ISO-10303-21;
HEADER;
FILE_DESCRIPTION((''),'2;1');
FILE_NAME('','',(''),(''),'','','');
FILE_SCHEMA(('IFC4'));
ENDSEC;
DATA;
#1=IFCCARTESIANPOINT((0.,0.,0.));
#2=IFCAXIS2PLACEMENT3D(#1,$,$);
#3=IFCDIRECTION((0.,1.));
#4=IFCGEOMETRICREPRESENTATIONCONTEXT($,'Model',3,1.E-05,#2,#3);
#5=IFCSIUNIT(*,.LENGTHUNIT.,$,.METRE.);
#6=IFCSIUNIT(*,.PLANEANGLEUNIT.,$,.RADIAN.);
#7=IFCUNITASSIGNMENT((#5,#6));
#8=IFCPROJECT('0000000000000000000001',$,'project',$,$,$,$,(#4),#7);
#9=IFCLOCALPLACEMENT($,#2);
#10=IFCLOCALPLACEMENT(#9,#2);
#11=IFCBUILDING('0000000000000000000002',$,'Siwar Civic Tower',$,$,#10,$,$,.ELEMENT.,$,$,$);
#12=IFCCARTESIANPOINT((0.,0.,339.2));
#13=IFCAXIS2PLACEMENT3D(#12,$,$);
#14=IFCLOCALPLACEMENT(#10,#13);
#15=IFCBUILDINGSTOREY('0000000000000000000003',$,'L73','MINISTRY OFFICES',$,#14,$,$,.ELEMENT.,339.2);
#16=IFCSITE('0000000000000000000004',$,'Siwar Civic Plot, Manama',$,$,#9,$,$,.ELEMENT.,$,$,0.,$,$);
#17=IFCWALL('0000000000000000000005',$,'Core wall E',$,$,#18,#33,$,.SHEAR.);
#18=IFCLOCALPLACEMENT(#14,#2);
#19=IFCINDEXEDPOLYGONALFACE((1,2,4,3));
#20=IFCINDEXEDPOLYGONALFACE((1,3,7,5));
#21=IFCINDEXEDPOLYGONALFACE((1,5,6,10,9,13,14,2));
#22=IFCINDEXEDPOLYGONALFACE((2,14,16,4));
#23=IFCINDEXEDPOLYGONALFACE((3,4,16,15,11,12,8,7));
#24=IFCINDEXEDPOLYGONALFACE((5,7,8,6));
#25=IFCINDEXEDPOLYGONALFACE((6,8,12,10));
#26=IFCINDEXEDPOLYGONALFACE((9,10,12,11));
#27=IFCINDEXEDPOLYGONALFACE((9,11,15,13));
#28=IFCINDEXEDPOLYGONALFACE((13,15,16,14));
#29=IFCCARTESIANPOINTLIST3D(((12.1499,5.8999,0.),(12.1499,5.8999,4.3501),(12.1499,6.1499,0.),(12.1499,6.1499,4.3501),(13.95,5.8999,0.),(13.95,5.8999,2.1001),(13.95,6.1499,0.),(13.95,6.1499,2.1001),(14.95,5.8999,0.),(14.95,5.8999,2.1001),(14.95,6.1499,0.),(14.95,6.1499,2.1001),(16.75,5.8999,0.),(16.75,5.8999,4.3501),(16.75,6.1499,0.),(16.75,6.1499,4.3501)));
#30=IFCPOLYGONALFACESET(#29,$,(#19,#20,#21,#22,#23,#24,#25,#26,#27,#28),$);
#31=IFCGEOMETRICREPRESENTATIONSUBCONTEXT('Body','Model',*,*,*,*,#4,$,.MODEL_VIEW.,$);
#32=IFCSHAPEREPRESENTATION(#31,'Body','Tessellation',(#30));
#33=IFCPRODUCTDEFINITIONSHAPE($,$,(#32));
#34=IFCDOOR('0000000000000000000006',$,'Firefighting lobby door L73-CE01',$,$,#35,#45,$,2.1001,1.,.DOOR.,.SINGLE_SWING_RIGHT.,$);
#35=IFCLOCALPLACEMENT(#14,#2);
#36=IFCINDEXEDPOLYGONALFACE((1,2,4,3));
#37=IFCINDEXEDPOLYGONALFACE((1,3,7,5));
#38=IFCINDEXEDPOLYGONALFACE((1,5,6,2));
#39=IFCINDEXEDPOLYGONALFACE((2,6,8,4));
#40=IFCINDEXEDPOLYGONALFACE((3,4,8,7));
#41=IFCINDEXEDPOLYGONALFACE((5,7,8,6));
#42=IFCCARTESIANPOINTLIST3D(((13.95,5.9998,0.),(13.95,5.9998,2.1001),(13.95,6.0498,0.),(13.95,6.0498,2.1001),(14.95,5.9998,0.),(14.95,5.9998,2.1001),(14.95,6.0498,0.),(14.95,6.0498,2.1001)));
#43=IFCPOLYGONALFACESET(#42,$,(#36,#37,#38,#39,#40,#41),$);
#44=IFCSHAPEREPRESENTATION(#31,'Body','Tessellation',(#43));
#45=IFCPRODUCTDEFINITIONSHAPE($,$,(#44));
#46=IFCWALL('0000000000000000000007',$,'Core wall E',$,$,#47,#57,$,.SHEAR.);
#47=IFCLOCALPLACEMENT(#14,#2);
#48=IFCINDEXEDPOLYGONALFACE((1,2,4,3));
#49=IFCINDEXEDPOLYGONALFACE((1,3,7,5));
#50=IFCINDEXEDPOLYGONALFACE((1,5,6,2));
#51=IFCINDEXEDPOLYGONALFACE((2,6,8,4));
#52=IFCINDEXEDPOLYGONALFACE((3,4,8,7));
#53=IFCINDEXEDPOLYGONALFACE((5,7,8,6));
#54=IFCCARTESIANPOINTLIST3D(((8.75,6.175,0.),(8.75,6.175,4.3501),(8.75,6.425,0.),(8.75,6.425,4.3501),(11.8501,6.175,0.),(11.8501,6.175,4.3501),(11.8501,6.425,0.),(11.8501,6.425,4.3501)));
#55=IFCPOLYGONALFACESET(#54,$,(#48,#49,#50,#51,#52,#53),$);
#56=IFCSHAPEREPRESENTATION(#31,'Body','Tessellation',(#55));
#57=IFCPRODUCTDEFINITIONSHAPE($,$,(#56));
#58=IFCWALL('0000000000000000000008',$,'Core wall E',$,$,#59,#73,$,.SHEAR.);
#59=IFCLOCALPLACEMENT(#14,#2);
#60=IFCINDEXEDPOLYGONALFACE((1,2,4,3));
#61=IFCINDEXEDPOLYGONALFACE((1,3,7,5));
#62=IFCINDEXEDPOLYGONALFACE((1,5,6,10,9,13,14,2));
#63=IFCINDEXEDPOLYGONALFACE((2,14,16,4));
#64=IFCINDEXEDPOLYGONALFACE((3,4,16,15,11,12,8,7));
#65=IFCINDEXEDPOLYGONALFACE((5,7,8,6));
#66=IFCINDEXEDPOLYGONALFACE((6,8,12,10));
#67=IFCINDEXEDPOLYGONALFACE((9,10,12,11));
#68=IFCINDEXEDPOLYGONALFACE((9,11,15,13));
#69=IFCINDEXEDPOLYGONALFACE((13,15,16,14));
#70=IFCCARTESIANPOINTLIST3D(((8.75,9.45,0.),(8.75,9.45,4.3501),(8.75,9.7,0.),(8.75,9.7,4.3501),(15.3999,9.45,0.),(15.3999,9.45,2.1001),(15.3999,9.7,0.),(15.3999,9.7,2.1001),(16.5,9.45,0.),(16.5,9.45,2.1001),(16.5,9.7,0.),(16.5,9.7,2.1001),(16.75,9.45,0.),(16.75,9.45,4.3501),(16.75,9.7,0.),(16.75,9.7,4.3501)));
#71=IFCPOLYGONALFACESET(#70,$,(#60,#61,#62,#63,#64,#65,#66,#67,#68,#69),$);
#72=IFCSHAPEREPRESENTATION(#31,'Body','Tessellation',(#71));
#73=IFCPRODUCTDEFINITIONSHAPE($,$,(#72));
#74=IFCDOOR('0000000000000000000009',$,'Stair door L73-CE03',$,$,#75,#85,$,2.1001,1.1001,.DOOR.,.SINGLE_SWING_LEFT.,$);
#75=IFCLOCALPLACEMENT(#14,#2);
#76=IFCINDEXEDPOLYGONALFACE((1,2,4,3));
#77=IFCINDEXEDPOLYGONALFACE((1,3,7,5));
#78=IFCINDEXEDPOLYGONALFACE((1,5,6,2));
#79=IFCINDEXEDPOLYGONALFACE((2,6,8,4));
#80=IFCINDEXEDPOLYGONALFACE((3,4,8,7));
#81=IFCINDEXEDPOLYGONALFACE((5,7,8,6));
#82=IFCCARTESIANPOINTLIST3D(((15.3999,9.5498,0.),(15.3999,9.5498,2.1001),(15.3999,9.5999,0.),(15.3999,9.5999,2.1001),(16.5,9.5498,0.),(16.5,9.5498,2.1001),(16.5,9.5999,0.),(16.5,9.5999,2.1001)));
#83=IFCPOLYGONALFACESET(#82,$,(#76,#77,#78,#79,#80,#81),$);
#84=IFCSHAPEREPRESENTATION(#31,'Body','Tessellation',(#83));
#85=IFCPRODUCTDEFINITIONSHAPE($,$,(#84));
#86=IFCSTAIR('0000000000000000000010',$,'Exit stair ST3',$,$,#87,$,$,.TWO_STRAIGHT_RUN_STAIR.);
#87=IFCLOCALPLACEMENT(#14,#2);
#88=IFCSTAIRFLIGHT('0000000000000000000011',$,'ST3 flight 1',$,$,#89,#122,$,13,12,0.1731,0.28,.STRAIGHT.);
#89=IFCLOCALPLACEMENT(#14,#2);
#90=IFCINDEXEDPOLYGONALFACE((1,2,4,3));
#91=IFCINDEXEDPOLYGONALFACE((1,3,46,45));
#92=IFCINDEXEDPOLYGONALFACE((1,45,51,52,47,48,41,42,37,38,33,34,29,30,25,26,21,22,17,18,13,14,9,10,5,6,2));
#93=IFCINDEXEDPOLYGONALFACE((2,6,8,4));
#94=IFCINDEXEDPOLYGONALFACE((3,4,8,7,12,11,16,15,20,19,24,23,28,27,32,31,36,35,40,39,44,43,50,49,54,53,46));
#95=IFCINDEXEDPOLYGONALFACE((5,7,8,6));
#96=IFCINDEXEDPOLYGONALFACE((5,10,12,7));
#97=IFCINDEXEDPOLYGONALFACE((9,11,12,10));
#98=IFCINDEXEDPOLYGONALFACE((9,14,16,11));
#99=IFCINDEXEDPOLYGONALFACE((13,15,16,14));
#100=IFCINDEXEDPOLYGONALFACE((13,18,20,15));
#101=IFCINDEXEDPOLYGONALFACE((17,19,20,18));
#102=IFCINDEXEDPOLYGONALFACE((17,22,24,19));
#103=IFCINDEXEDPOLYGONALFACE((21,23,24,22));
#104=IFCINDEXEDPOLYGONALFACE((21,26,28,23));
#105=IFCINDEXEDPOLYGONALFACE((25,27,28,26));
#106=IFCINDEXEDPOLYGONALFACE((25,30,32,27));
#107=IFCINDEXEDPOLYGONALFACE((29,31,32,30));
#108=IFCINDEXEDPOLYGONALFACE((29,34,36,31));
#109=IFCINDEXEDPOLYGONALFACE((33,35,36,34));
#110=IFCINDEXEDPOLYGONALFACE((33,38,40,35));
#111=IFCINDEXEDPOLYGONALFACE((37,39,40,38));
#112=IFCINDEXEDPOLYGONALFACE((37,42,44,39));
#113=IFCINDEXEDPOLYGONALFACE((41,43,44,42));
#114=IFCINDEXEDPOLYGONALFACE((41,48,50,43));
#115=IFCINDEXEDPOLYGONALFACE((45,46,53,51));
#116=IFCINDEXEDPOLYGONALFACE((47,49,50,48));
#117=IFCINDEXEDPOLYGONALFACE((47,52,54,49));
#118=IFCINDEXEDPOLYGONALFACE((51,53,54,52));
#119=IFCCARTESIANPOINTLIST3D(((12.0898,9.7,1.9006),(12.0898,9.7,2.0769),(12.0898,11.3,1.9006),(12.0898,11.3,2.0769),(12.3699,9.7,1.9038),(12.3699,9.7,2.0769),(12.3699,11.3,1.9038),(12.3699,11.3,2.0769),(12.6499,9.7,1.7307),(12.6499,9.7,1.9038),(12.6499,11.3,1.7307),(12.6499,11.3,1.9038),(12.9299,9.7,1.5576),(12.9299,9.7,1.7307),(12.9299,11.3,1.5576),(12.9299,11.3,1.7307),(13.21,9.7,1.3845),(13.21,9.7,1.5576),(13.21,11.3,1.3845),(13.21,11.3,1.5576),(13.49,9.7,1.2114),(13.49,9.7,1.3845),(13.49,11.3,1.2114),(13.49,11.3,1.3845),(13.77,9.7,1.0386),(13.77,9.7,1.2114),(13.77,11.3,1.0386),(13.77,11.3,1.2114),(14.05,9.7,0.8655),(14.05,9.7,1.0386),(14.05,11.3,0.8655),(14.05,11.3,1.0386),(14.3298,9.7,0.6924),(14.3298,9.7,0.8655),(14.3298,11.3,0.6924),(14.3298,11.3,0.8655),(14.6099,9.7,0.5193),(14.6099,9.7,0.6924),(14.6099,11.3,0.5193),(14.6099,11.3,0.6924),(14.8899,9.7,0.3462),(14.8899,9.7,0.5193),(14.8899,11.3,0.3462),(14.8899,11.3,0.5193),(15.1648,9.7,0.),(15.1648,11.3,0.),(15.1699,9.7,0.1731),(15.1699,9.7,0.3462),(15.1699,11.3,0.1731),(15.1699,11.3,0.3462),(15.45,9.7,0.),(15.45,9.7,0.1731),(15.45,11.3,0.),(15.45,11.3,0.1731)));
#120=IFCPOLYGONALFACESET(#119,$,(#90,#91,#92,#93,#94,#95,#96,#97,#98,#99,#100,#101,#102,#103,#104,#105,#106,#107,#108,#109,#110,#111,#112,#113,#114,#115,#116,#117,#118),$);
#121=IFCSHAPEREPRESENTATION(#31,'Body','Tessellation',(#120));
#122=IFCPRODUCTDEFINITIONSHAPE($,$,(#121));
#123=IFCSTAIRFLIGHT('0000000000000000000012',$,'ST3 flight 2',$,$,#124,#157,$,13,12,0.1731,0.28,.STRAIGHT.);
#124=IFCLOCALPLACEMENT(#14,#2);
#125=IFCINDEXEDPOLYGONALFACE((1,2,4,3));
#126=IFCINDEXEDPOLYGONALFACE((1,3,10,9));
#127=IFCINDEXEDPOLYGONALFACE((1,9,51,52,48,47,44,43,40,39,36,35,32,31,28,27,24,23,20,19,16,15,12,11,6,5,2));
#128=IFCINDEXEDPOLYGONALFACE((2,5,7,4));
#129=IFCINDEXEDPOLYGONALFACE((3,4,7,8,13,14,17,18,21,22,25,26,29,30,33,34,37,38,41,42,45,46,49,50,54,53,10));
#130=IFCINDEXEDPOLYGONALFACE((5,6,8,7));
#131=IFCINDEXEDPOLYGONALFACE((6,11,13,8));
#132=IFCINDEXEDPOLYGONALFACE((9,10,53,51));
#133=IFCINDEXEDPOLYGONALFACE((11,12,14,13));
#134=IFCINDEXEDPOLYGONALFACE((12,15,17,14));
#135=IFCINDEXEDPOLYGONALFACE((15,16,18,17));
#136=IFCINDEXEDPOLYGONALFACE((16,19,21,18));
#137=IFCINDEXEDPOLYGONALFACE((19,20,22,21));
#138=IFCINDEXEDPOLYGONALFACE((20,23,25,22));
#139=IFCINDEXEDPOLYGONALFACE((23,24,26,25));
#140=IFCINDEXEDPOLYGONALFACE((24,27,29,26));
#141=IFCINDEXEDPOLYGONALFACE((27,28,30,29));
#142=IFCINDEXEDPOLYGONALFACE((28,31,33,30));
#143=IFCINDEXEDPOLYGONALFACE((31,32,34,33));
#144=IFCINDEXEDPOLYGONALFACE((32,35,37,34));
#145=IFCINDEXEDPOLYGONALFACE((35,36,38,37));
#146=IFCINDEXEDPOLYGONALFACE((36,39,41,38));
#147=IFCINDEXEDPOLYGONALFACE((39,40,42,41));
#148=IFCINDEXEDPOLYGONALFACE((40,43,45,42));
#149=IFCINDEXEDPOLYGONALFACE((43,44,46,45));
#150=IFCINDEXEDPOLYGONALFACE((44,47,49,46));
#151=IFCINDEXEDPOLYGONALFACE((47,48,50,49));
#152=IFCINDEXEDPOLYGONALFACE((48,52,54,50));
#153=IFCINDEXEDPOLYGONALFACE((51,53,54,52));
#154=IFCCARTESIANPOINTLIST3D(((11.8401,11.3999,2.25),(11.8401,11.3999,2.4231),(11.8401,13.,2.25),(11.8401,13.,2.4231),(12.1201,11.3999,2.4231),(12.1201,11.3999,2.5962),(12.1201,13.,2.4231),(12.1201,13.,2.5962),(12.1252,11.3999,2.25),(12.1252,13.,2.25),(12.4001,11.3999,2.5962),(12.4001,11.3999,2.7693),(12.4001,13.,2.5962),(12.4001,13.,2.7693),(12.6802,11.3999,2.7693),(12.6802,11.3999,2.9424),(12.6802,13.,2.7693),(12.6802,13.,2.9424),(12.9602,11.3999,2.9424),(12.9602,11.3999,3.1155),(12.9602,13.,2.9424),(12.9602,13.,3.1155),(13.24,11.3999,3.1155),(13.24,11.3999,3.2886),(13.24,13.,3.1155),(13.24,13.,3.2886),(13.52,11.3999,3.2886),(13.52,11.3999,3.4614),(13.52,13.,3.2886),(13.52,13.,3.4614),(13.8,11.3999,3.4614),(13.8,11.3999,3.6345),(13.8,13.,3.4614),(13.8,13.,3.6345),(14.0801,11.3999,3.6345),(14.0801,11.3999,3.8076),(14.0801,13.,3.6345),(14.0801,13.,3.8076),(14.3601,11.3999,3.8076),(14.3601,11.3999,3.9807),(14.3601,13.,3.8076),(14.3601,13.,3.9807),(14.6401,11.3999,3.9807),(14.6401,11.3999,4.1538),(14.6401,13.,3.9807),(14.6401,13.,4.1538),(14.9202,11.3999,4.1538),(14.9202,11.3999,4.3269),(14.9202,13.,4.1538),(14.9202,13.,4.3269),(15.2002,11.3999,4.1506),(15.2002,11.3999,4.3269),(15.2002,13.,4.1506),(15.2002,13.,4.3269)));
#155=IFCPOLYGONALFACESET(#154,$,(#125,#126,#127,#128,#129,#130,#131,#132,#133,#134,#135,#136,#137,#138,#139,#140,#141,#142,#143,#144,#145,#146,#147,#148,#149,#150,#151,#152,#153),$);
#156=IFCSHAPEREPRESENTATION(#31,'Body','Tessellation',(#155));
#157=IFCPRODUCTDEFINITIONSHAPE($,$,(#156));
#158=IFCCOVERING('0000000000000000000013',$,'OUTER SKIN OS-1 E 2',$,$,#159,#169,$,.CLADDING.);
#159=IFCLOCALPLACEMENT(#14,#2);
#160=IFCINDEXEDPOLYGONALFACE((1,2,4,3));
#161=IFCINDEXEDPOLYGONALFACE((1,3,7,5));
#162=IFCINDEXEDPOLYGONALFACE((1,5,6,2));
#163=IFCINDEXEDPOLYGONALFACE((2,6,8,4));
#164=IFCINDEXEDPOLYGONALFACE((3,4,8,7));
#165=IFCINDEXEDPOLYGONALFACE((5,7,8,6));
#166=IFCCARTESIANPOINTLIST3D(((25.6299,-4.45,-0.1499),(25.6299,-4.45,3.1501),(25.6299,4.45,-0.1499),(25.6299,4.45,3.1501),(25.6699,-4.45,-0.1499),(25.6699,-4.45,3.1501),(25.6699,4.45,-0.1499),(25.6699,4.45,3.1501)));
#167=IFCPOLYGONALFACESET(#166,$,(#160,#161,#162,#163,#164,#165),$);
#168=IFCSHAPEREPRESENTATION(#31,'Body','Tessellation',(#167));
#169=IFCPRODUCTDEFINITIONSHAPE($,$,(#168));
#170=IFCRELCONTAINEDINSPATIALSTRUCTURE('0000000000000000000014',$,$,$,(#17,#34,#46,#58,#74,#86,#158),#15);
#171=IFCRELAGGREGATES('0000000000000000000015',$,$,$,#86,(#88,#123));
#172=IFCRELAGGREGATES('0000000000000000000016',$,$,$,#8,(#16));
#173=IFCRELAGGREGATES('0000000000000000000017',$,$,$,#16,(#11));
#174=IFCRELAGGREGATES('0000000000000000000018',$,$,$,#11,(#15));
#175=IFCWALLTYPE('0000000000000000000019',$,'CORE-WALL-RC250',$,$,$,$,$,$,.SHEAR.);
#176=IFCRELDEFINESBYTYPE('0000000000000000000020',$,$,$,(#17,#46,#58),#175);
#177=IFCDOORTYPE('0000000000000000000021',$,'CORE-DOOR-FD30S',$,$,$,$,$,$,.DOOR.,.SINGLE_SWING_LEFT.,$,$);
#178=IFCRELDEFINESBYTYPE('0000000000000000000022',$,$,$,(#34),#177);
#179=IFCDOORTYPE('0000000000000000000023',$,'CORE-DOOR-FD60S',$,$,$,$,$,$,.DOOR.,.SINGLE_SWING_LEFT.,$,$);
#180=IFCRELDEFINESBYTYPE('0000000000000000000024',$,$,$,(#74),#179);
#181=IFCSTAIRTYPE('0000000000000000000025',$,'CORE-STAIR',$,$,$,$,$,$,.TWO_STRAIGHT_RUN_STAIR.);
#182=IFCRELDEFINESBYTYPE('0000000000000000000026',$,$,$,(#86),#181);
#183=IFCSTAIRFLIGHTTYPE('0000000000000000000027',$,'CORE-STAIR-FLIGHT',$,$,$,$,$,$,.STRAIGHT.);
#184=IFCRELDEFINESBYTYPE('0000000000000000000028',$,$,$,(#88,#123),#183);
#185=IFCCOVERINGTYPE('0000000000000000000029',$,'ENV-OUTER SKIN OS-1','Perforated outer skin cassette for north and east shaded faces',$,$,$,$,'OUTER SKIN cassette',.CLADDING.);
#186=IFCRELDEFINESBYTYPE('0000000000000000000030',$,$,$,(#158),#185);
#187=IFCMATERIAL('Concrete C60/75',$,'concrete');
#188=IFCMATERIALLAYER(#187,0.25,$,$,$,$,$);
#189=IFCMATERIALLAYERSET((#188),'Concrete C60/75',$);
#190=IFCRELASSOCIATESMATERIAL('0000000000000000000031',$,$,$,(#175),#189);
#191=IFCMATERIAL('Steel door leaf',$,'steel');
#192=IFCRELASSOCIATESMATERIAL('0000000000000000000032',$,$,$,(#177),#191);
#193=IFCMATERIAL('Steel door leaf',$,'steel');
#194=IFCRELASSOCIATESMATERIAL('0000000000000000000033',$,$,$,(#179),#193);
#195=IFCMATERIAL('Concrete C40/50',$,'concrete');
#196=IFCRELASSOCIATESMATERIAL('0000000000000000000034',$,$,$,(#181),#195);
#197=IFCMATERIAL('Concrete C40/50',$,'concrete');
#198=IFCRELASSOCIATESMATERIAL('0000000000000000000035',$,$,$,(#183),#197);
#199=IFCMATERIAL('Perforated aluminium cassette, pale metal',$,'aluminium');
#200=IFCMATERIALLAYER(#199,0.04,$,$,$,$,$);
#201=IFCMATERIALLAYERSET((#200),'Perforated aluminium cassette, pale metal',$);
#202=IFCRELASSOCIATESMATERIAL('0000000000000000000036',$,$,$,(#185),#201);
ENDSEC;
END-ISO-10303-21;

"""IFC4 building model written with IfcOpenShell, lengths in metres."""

from ifc_helpers import new_model, si_unit, direction, frame, frame_2d, origin, origin_2d, place, context, subcontext, project, spatial, polyline, rectangle, outline, extrude, material, layer, layer_set, type_object, element, fill, aggregate, save


model = new_model("IFC4")

# Units and contexts
model_context = context("Model", 3, precision=1e-05, world=origin(), true_north=direction((0.0, 1.0)))
body_context = subcontext(model_context, "Body", "Model", "MODEL_VIEW")
ifc_project = project(units=[si_unit("LENGTHUNIT", "METRE"), si_unit("PLANEANGLEUNIT", "RADIAN")], contexts=[model_context])

# Site, building, storey
site_placement = place(None, origin())
site = spatial("IfcSite", under=ifc_project, at=site_placement, Name="Siwar Civic Plot, Manama", CompositionType="ELEMENT", RefElevation=0.0)
building_placement = place(site_placement, origin())
building = spatial("IfcBuilding", under=site, at=building_placement, Name="Siwar Civic Tower", CompositionType="ELEMENT")
storey_placement = place(building_placement, frame((0.0, 0.0, 339.2)))
storey = spatial("IfcBuildingStorey", under=building, at=storey_placement, Name="L73", Description="MINISTRY OFFICES", CompositionType="ELEMENT", Elevation=339.2)

# Wall, opening, door
ifc_material_1 = material(Name="Concrete C60/75", Category="concrete")
ifc_layer_1 = layer(ifc_material_1, 0.25)
ifc_layer_set_1 = layer_set([ifc_layer_1], Name="Concrete C60/75")
wall_type_1 = type_object("IfcWallType", Name="CORE-WALL-RC250", PredefinedType="SHEAR", material=ifc_layer_set_1)
wall_1_placement = place(storey_placement, frame((12.1499, 6.0249, 0.0), z_axis=(0.0, 0.0, 1.0), x_axis=(1.0, 0.0, 0.0)))
wall_1 = element("IfcWall", 1, at=wall_1_placement, inside=storey, type_object=wall_type_1, Name="Core wall E", PredefinedType="SHEAR", context=body_context, shape_type="SweptSolid", body=[
    extrude(rectangle(XDim=4.6001, YDim=0.25, at=frame_2d((2.3, 0.0))), origin(), (0.0, 0.0, 1.0), 4.3501),
])
opening_1_placement = place(wall_1_placement, frame((1.8, 0.0, 0.0)))
opening_1 = element("IfcOpeningElement", 2, at=opening_1_placement, cuts=wall_1, PredefinedType="OPENING", context=body_context, shape_type="SweptSolid", body=[
    extrude(rectangle(XDim=1.0, YDim=2.1001, at=frame_2d((0.5, 1.05))), frame((0.0, 0.135, 0.0), z_axis=(0.0, -1.0, 0.0), x_axis=(1.0, 0.0, 0.0)), (0.0, 0.0, 1.0), 0.27),
])
ifc_material_2 = material(Name="Steel door leaf", Category="steel")
door_type_1 = type_object("IfcDoorType", Name="CORE-DOOR-FD30S", OperationType="SINGLE_SWING_LEFT", PredefinedType="DOOR", material=ifc_material_2)
door_1_placement = place(opening_1_placement, origin())
door_1 = element("IfcDoor", 3, at=door_1_placement, inside=storey, type_object=door_type_1, Name="Firefighting lobby door L73-CE01", OperationType="SINGLE_SWING_RIGHT", OverallHeight=2.1001, OverallWidth=1.0, PredefinedType="DOOR", context=body_context, shape_type="SweptSolid", body=[
    extrude(rectangle(XDim=1.0, YDim=2.1001, at=frame_2d((0.5, 1.05))), frame((0.0, 0.0249, 0.0), z_axis=(0.0, -1.0, 0.0), x_axis=(1.0, 0.0, 0.0)), (0.0, 0.0, 1.0), 0.05),
])
fill(opening_1, door_1)

# Wall
wall_2_placement = place(storey_placement, frame((8.75, 6.3, 0.0), z_axis=(0.0, 0.0, 1.0), x_axis=(1.0, 0.0, 0.0)))
element("IfcWall", 4, at=wall_2_placement, inside=storey, type_object=wall_type_1, Name="Core wall E", PredefinedType="SHEAR", context=body_context, shape_type="SweptSolid", body=[
    extrude(rectangle(XDim=3.1001, YDim=0.25, at=frame_2d((1.55, 0.0))), origin(), (0.0, 0.0, 1.0), 4.3501),
])

# Wall, opening, door
wall_3_placement = place(storey_placement, frame((8.75, 9.575, 0.0), z_axis=(0.0, 0.0, 1.0), x_axis=(1.0, 0.0, 0.0)))
wall_3 = element("IfcWall", 5, at=wall_3_placement, inside=storey, type_object=wall_type_1, Name="Core wall E", PredefinedType="SHEAR", context=body_context, shape_type="SweptSolid", body=[
    extrude(rectangle(XDim=8.0, YDim=0.25, at=frame_2d((4.0, 0.0))), origin(), (0.0, 0.0, 1.0), 4.3501),
])
opening_2_placement = place(wall_3_placement, frame((6.6499, 0.0, 0.0)))
opening_2 = element("IfcOpeningElement", 6, at=opening_2_placement, cuts=wall_3, PredefinedType="OPENING", context=body_context, shape_type="SweptSolid", body=[
    extrude(rectangle(XDim=1.1001, YDim=2.1001, at=frame_2d((0.55, 1.05))), frame((0.0, 0.135, 0.0), z_axis=(0.0, -1.0, 0.0), x_axis=(1.0, 0.0, 0.0)), (0.0, 0.0, 1.0), 0.27),
])
ifc_material_3 = material(Name="Steel door leaf", Category="steel")
door_type_2 = type_object("IfcDoorType", Name="CORE-DOOR-FD60S", OperationType="SINGLE_SWING_LEFT", PredefinedType="DOOR", material=ifc_material_3)
door_2_placement = place(opening_2_placement, origin())
door_2 = element("IfcDoor", 7, at=door_2_placement, inside=storey, type_object=door_type_2, Name="Stair door L73-CE03", OperationType="SINGLE_SWING_LEFT", OverallHeight=2.1001, OverallWidth=1.1001, PredefinedType="DOOR", context=body_context, shape_type="SweptSolid", body=[
    extrude(rectangle(XDim=1.1001, YDim=2.1001, at=frame_2d((0.55, 1.05))), frame((0.0, 0.0249, 0.0), z_axis=(0.0, -1.0, 0.0), x_axis=(1.0, 0.0, 0.0)), (0.0, 0.0, 1.0), 0.05),
])
fill(opening_2, door_2)

# Stair, stair flights
ifc_material_4 = material(Name="Concrete C40/50", Category="concrete")
stair_type = type_object("IfcStairType", Name="CORE-STAIR", PredefinedType="TWO_STRAIGHT_RUN_STAIR", material=ifc_material_4)
stair_placement = place(storey_placement, origin())
stair = element("IfcStair", 8, at=stair_placement, inside=storey, type_object=stair_type, Name="Exit stair ST3", PredefinedType="TWO_STRAIGHT_RUN_STAIR")
ifc_material_5 = material(Name="Concrete C40/50", Category="concrete")
stair_flight_type = type_object("IfcStairFlightType", Name="CORE-STAIR-FLIGHT", PredefinedType="STRAIGHT", material=ifc_material_5)
stair_flight_1_placement = place(storey_placement, frame((15.45, 10.5, 0.0), z_axis=(0.0, 0.0, 1.0), x_axis=(-1.0, 0.0, 0.0)))
stair_flight_1 = element("IfcStairFlight", 9, at=stair_flight_1_placement, type_object=stair_flight_type, Name="ST3 flight 1", NumberOfRisers=13, NumberOfTreads=12, PredefinedType="STRAIGHT", RiserHeight=0.1731, TreadLength=0.28, context=body_context, shape_type="SweptSolid", body=[
    extrude(outline(polyline([(0.0, 0.0), (0.0, 0.1731), (0.28, 0.1731), (0.28, 0.3462), (0.5601, 0.3462), (0.5601, 0.5193), (0.8401, 0.5193), (0.8401, 0.6924), (1.1201, 0.6924), (1.1201, 0.8655), (1.3999, 0.8655), (1.3999, 1.0386), (1.6799, 1.0386), (1.6799, 1.2114), (1.96, 1.2114), (1.96, 1.3845), (2.24, 1.3845), (2.24, 1.5576), (2.52, 1.5576), (2.52, 1.7307), (2.8, 1.7307), (2.8, 1.9038), (3.0801, 1.9038), (3.0801, 2.0769), (3.3601, 2.0769), (3.3601, 2.25), (3.3601, 1.9006), (0.2852, 0.0), (0.0, 0.0)])), frame((0.0, 0.8, 0.0), z_axis=(0.0, -1.0, 0.0), x_axis=(1.0, 0.0, 0.0)), (0.0, 0.0, 1.0), 1.6001),
])
stair_flight_2_placement = place(storey_placement, frame((11.8401, 12.2, 2.25), z_axis=(0.0, 0.0, 1.0), x_axis=(1.0, 0.0, 0.0)))
stair_flight_2 = element("IfcStairFlight", 10, at=stair_flight_2_placement, type_object=stair_flight_type, Name="ST3 flight 2", NumberOfRisers=13, NumberOfTreads=12, PredefinedType="STRAIGHT", RiserHeight=0.1731, TreadLength=0.28, context=body_context, shape_type="SweptSolid", body=[
    extrude(outline(polyline([(0.0, 0.0), (0.0, 0.1731), (0.28, 0.1731), (0.28, 0.3462), (0.5601, 0.3462), (0.5601, 0.5193), (0.8401, 0.5193), (0.8401, 0.6924), (1.1201, 0.6924), (1.1201, 0.8655), (1.3999, 0.8655), (1.3999, 1.0386), (1.6799, 1.0386), (1.6799, 1.2114), (1.96, 1.2114), (1.96, 1.3845), (2.24, 1.3845), (2.24, 1.5576), (2.52, 1.5576), (2.52, 1.7307), (2.8, 1.7307), (2.8, 1.9038), (3.0801, 1.9038), (3.0801, 2.0769), (3.3601, 2.0769), (3.3601, 2.25), (3.3601, 1.9006), (0.2852, 0.0), (0.0, 0.0)])), frame((0.0, 0.8, 0.0), z_axis=(0.0, -1.0, 0.0), x_axis=(1.0, 0.0, 0.0)), (0.0, 0.0, 1.0), 1.6001),
])
aggregate(stair, [stair_flight_1, stair_flight_2])

# Covering
ifc_material_6 = material(Name="Perforated aluminium cassette, pale metal", Category="aluminium")
ifc_layer_2 = layer(ifc_material_6, 0.04)
ifc_layer_set_2 = layer_set([ifc_layer_2], Name="Perforated aluminium cassette, pale metal")
covering_type = type_object("IfcCoveringType", Name="ENV-OUTER SKIN OS-1", Description="Perforated outer skin cassette for north and east shaded faces", ElementType="OUTER SKIN cassette", PredefinedType="CLADDING", material=ifc_layer_set_2)
covering_1_placement = place(storey_placement, frame((25.6499, 0.0, -0.1499), z_axis=(0.0, 0.0, 1.0), x_axis=(0.0, 1.0, 0.0)))
element("IfcCovering", 11, at=covering_1_placement, inside=storey, type_object=covering_type, Name="OUTER SKIN OS-1 E 2", PredefinedType="CLADDING", context=body_context, shape_type="SweptSolid", body=[
    extrude(rectangle(XDim=8.8999, YDim=0.04, at=origin_2d()), origin(), (0.0, 0.0, 1.0), 3.3),
])

save(model, "model.ifc")
